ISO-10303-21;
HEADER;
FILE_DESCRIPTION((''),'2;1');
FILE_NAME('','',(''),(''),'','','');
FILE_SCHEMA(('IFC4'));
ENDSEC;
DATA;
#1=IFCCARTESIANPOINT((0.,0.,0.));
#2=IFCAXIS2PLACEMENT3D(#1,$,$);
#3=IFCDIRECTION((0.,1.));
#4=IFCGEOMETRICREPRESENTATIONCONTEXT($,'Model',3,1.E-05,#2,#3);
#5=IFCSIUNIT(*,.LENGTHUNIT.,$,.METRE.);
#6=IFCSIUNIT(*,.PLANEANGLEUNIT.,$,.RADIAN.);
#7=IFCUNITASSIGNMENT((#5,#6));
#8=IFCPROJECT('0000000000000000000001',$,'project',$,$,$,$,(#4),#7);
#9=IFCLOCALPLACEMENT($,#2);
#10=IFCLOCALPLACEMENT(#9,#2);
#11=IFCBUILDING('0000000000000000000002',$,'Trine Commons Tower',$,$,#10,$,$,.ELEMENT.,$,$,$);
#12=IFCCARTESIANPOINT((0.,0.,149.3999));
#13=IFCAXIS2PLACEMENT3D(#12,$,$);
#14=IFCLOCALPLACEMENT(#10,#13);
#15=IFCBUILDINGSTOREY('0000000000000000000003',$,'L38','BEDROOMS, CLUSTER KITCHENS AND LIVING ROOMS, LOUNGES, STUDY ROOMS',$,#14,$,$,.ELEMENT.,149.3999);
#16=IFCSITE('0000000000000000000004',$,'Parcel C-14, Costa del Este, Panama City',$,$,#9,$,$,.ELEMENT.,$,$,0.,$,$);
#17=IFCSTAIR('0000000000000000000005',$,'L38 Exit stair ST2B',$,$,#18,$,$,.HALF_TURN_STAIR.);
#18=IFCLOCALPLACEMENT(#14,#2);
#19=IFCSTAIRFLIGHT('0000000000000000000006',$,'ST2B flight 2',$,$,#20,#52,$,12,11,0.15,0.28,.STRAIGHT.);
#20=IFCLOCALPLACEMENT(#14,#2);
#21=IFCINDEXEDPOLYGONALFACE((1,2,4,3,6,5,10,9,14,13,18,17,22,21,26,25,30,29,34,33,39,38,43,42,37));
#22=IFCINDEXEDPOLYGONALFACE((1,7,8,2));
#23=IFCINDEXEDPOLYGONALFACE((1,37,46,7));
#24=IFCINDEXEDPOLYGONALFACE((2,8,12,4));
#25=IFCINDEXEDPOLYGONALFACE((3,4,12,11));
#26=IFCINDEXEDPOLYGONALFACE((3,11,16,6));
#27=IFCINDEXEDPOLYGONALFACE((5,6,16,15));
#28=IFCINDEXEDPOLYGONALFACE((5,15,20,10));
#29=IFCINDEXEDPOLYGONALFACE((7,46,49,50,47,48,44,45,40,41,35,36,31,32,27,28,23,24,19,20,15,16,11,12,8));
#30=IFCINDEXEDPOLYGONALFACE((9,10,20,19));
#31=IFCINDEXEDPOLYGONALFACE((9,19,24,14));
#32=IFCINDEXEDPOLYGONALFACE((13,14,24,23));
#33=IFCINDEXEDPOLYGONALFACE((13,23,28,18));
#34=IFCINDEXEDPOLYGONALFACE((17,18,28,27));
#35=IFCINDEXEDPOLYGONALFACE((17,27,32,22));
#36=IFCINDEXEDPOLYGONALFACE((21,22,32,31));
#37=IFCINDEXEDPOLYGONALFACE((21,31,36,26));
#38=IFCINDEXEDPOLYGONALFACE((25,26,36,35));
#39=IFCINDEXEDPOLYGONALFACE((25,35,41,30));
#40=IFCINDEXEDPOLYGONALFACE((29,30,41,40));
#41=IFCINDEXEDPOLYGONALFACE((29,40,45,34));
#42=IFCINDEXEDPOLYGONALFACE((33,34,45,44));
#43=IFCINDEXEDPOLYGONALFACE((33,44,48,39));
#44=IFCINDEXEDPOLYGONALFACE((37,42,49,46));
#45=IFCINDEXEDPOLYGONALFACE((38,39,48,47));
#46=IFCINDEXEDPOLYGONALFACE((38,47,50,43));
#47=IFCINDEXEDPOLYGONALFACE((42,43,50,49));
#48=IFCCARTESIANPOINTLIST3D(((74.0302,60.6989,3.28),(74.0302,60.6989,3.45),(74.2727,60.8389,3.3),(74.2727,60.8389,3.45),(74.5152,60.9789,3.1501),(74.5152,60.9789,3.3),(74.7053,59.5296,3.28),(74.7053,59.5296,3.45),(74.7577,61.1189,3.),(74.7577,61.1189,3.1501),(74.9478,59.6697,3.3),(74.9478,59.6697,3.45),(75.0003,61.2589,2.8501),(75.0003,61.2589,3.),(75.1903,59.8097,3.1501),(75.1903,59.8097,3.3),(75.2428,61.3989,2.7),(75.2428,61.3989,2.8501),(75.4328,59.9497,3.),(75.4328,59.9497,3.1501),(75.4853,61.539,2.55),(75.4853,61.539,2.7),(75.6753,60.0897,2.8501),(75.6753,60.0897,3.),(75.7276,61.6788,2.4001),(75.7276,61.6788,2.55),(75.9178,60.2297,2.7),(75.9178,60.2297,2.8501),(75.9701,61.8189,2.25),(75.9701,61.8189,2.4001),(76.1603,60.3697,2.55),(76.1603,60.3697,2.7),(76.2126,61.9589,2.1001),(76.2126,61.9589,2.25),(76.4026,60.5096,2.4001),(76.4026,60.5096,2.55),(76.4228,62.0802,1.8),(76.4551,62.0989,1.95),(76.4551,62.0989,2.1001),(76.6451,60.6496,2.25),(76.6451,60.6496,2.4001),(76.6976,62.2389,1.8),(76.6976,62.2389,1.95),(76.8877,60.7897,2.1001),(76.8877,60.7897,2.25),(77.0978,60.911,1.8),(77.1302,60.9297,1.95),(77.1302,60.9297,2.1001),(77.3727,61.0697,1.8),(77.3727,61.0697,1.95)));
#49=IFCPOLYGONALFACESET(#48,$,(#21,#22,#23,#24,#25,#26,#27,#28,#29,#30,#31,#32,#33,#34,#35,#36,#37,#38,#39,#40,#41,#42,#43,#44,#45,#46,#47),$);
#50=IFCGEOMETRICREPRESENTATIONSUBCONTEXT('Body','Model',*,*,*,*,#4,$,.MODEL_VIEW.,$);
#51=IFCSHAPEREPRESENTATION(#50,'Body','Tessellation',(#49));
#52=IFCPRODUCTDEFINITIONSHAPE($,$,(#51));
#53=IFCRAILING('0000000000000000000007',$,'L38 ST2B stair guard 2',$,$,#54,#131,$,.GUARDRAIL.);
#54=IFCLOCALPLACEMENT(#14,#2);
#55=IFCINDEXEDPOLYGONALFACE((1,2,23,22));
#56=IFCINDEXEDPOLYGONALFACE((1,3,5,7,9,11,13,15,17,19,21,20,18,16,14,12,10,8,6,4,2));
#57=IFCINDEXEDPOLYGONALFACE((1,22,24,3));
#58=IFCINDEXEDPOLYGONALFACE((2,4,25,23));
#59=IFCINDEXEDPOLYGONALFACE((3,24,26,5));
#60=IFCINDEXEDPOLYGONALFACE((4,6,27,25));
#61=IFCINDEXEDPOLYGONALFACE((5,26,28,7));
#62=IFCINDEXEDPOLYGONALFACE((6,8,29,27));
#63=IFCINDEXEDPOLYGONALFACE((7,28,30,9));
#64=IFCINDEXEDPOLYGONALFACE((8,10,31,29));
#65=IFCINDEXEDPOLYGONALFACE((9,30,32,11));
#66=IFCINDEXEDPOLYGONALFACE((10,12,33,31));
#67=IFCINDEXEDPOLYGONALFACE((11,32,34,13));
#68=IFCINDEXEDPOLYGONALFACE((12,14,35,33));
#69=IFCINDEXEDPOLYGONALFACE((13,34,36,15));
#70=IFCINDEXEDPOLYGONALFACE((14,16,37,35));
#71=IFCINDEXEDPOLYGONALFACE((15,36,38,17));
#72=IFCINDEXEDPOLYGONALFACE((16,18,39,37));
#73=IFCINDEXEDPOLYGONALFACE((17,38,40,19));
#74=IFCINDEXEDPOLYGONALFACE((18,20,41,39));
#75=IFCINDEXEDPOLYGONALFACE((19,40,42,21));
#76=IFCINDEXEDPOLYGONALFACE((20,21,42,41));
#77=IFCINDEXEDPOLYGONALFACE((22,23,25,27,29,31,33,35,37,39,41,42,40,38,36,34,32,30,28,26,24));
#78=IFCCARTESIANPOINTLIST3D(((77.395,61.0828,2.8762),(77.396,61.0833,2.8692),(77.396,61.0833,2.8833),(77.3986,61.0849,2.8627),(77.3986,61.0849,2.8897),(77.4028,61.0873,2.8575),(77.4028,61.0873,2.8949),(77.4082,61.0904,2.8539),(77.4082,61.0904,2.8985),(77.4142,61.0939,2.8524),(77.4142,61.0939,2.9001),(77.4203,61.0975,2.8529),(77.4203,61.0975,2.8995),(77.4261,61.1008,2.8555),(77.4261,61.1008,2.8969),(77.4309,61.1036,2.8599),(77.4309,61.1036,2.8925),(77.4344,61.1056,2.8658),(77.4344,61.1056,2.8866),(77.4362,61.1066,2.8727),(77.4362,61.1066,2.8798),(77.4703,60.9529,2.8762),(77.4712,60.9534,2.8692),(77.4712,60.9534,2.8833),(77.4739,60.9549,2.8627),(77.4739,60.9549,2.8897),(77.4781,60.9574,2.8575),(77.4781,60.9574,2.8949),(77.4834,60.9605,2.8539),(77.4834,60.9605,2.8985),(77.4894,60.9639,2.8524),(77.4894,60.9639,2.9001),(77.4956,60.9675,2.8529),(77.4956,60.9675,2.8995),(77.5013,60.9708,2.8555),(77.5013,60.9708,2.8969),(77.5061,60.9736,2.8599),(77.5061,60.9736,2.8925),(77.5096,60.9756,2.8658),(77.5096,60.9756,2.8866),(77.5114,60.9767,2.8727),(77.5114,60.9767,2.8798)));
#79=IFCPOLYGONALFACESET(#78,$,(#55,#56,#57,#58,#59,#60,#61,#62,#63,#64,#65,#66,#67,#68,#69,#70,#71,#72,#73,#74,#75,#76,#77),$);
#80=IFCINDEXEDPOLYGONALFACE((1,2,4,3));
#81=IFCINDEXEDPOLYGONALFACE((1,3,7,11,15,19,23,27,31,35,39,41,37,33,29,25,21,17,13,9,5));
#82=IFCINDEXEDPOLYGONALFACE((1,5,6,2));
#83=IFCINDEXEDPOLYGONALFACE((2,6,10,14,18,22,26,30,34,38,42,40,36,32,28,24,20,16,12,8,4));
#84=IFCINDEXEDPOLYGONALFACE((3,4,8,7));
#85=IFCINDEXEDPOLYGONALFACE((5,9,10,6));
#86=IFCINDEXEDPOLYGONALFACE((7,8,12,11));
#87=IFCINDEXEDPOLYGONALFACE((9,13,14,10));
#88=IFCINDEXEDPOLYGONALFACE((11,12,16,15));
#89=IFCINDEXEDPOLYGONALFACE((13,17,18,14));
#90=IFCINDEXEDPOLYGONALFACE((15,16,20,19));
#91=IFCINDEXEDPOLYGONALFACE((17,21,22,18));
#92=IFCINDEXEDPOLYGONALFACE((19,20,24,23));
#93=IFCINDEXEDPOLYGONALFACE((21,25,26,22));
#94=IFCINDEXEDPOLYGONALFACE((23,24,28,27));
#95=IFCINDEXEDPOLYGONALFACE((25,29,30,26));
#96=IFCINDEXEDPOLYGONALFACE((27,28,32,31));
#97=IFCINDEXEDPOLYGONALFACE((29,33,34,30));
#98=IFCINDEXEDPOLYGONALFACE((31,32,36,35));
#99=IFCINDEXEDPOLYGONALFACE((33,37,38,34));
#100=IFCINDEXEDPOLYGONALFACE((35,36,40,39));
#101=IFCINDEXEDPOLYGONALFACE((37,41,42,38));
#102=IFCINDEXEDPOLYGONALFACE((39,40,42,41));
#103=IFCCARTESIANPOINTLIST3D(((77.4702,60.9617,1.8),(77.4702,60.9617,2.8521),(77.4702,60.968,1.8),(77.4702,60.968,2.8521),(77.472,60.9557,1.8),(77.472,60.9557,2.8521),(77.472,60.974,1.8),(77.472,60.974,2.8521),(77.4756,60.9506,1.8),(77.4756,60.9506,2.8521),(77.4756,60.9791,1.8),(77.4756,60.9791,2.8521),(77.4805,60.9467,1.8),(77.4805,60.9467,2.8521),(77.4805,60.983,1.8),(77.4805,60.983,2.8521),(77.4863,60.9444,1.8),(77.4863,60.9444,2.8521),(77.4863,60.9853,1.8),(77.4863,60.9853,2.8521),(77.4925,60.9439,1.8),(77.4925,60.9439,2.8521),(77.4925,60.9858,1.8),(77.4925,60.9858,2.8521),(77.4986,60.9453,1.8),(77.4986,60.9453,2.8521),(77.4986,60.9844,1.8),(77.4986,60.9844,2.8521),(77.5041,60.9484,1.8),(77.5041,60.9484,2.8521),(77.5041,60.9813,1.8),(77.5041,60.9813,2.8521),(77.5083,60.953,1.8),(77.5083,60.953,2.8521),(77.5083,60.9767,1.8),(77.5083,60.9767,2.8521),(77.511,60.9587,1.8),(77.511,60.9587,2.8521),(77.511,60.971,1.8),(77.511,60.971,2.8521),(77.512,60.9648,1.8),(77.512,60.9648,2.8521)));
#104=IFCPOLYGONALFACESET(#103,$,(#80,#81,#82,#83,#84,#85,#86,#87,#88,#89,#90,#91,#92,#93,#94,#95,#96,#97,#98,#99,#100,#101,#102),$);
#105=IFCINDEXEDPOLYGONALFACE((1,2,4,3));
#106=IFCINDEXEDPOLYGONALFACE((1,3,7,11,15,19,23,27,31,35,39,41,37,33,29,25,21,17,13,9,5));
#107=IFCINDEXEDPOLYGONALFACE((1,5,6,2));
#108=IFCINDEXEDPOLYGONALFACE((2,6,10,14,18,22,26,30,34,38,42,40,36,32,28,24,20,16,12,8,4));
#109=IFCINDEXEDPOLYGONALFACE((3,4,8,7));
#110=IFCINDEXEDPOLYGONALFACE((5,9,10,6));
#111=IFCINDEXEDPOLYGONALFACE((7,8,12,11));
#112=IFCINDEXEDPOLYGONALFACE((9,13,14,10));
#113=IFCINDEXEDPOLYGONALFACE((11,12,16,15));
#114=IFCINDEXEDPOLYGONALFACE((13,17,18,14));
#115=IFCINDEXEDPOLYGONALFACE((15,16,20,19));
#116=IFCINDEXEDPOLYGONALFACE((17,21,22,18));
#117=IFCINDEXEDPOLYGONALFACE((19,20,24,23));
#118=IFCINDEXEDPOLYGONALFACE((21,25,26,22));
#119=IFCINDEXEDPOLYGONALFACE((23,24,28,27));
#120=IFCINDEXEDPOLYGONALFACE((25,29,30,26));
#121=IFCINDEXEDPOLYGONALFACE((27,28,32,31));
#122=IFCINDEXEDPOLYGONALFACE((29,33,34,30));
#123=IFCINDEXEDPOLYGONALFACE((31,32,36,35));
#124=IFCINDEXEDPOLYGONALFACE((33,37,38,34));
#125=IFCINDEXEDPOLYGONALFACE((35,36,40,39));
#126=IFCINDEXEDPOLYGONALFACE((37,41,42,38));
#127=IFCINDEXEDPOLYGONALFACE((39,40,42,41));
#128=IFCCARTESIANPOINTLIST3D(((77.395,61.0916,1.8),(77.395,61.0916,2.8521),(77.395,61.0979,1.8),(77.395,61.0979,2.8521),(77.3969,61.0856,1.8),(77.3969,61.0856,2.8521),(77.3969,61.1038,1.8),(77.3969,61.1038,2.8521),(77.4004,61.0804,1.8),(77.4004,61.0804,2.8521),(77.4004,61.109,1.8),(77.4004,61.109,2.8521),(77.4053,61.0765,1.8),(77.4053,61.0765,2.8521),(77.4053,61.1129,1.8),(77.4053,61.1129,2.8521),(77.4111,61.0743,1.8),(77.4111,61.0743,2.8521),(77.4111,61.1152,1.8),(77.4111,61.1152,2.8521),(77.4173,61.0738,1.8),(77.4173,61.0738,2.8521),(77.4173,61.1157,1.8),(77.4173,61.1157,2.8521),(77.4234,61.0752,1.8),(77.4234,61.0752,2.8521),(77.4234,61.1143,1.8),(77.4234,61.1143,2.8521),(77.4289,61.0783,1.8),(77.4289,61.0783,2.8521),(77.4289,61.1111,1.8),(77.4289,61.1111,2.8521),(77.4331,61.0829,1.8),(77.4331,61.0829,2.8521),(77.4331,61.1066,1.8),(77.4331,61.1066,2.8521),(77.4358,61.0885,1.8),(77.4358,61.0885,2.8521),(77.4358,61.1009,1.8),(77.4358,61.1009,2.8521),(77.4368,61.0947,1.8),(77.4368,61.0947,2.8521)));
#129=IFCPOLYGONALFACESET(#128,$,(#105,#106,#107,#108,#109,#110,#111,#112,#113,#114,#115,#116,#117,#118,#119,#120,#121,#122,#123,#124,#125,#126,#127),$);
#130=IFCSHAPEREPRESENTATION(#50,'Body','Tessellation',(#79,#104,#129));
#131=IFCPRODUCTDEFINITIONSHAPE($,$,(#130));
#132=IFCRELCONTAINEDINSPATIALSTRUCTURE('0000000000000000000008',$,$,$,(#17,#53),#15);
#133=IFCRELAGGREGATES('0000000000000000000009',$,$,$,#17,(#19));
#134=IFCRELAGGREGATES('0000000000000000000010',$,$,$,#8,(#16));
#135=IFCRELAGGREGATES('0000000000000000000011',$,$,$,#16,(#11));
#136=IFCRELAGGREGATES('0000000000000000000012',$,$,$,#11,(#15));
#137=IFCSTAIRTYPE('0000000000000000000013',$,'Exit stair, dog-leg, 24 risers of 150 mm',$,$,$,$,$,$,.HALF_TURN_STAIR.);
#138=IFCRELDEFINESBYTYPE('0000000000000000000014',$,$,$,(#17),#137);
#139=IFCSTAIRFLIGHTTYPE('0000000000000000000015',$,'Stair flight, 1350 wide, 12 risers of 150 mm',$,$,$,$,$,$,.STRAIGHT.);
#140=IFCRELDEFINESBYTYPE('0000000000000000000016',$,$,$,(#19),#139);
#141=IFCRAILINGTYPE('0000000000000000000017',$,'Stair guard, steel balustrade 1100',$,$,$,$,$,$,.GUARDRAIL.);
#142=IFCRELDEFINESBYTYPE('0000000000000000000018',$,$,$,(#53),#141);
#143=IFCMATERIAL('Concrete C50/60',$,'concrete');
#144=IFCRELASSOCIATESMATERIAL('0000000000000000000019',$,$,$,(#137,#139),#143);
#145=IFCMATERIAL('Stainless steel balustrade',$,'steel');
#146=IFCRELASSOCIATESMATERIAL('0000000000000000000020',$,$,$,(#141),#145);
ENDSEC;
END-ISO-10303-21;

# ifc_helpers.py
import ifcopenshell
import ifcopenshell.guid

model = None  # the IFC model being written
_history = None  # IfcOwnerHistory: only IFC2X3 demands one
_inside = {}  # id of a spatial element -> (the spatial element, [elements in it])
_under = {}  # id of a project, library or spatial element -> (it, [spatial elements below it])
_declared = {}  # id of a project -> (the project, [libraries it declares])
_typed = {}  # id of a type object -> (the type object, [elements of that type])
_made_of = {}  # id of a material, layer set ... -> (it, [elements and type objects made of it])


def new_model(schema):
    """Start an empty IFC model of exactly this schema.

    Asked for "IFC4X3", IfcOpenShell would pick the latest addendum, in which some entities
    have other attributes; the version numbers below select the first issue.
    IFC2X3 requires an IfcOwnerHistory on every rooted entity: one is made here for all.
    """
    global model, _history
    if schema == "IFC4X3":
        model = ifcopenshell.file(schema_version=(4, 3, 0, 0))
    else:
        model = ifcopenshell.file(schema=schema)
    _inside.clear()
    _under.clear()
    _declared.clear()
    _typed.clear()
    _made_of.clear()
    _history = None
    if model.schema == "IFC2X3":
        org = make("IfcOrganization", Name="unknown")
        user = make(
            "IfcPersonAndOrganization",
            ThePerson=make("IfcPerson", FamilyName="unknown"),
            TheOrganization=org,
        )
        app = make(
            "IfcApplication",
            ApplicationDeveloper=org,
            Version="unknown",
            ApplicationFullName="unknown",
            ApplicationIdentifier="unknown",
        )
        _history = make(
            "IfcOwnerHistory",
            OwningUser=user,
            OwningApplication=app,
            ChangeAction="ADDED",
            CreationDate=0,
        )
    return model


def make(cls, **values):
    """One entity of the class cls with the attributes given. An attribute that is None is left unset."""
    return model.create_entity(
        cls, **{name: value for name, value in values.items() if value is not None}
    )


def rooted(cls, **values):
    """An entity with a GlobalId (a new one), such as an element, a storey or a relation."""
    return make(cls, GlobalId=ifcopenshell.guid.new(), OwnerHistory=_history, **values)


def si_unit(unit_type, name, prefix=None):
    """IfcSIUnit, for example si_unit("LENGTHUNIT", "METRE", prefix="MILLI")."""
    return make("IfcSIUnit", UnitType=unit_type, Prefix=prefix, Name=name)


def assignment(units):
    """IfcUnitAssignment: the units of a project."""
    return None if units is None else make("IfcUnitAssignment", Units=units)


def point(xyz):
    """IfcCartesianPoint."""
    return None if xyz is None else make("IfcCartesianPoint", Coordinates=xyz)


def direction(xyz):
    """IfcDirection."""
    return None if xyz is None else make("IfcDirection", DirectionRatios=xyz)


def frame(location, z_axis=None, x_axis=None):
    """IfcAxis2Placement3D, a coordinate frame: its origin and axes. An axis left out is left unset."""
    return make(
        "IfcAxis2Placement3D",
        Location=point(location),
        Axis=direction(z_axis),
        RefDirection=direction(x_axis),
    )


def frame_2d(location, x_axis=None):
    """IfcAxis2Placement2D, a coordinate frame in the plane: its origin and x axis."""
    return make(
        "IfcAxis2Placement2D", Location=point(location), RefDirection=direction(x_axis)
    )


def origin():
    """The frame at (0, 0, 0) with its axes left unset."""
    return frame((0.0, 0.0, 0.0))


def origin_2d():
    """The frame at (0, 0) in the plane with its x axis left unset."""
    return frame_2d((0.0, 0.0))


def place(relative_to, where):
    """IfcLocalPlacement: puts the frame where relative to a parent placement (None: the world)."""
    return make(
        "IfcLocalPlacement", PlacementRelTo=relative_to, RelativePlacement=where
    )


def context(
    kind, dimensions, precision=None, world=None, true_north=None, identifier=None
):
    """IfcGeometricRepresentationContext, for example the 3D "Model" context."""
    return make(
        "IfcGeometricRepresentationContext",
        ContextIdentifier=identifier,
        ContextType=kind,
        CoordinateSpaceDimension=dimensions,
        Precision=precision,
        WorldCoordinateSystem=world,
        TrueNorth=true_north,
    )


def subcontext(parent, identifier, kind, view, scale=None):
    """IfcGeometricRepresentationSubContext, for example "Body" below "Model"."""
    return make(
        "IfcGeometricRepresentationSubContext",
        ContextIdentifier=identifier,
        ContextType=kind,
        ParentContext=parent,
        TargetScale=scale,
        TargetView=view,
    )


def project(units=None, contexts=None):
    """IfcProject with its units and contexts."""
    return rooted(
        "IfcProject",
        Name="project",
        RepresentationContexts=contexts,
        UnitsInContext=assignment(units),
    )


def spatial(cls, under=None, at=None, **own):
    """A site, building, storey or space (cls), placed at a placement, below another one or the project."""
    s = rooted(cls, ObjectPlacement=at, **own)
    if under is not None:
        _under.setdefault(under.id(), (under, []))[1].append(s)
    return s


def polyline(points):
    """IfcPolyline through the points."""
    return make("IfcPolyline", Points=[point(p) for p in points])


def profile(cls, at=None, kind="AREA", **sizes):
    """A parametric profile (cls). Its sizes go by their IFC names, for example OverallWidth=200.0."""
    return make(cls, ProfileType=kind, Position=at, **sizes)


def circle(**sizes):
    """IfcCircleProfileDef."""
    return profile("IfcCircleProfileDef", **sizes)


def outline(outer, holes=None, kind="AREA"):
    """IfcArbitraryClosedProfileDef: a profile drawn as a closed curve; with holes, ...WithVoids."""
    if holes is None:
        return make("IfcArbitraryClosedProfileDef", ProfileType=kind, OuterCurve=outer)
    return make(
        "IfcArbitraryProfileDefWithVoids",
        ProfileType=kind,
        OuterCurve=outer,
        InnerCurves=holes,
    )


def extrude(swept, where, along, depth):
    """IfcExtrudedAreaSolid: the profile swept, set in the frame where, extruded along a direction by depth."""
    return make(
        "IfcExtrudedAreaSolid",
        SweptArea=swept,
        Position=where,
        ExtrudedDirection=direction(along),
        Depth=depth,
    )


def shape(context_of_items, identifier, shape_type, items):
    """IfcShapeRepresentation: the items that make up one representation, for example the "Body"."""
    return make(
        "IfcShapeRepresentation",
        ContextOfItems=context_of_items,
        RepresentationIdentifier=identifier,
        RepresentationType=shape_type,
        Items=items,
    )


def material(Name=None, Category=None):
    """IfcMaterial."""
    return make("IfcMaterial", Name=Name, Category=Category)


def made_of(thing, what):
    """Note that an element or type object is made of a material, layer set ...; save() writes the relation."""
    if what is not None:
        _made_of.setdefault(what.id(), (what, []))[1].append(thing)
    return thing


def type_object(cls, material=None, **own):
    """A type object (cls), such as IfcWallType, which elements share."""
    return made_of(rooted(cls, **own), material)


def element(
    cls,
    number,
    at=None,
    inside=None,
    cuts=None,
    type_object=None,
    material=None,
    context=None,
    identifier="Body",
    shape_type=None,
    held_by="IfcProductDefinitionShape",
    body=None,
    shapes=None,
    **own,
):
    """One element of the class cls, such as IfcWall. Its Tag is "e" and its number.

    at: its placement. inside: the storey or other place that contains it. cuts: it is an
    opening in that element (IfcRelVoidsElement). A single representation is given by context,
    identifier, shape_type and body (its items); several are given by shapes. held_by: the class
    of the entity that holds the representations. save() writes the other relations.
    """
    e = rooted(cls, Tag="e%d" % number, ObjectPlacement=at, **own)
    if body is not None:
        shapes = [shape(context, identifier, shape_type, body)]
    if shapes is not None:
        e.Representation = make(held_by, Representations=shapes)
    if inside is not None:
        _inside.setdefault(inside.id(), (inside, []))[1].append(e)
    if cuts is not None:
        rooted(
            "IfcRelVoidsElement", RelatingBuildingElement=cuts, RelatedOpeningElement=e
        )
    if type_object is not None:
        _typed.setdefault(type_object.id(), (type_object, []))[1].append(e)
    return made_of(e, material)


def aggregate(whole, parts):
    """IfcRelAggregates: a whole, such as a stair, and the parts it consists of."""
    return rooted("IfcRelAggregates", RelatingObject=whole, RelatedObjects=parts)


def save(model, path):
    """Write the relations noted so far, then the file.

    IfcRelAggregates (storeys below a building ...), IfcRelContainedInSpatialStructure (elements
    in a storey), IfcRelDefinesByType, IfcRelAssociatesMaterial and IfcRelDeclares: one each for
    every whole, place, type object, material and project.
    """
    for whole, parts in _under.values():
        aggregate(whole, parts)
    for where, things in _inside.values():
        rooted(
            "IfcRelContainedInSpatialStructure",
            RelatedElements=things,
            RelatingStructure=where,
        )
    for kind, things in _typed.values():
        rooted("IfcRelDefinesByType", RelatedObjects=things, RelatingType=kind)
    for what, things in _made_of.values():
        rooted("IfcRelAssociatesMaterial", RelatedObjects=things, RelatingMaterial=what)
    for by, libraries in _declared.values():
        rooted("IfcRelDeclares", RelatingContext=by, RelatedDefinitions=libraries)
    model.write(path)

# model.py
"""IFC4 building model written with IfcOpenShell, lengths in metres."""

from ifc_helpers import new_model, si_unit, direction, frame, origin, origin_2d, place, context, subcontext, project, spatial, polyline, circle, outline, extrude, material, type_object, element, aggregate, save


model = new_model("IFC4")

# Units and contexts
model_context = context("Model", 3, precision=1e-05, world=origin(), true_north=direction((0.0, 1.0)))
body_context = subcontext(model_context, "Body", "Model", "MODEL_VIEW")
ifc_project = project(units=[si_unit("LENGTHUNIT", "METRE"), si_unit("PLANEANGLEUNIT", "RADIAN")], contexts=[model_context])

# Site, building, storey
site_placement = place(None, origin())
site = spatial("IfcSite", under=ifc_project, at=site_placement, Name="Parcel C-14, Costa del Este, Panama City", CompositionType="ELEMENT", RefElevation=0.0)
building_placement = place(site_placement, origin())
building = spatial("IfcBuilding", under=site, at=building_placement, Name="Trine Commons Tower", CompositionType="ELEMENT")
storey_placement = place(building_placement, frame((0.0, 0.0, 149.3999)))
storey = spatial("IfcBuildingStorey", under=building, at=storey_placement, Name="L38", Description="BEDROOMS, CLUSTER KITCHENS AND LIVING ROOMS, LOUNGES, STUDY ROOMS", CompositionType="ELEMENT", Elevation=149.3999)

# Shared definitions
ifc_material_1 = material(Name="Concrete C50/60", Category="concrete")

# Stair, stair flight
stair_type = type_object("IfcStairType", Name="Exit stair, dog-leg, 24 risers of 150 mm", PredefinedType="HALF_TURN_STAIR", material=ifc_material_1)
stair_placement = place(storey_placement, origin())
stair = element("IfcStair", 1, at=stair_placement, inside=storey, type_object=stair_type, Name="L38 Exit stair ST2B", PredefinedType="HALF_TURN_STAIR")
stair_flight_type = type_object("IfcStairFlightType", Name="Stair flight, 1350 wide, 12 risers of 150 mm", PredefinedType="STRAIGHT", material=ifc_material_1)
stair_flight_placement = place(storey_placement, frame((77.0352, 61.6543, 1.8), z_axis=(0.0, 0.0, 1.0), x_axis=(-0.866025, -0.5, 0.0)))
stair_flight = element("IfcStairFlight", 2, at=stair_flight_placement, type_object=stair_flight_type, Name="ST2B flight 2", NumberOfRisers=12, NumberOfTreads=11, PredefinedType="STRAIGHT", RiserHeight=0.15, TreadLength=0.28, context=body_context, shape_type="SweptSolid", body=[
    extrude(outline(polyline([(0.0, 0.0), (0.0, 0.1499), (0.28, 0.1499), (0.28, 0.3), (0.5601, 0.3), (0.5601, 0.45), (0.8401, 0.45), (0.8401, 0.6001), (1.1201, 0.6001), (1.1201, 0.75), (1.3999, 0.75), (1.3999, 0.8999), (1.6799, 0.8999), (1.6799, 1.05), (1.96, 1.05), (1.96, 1.2), (2.24, 1.2), (2.24, 1.3501), (2.52, 1.3501), (2.52, 1.5), (2.8, 1.5), (2.8, 1.6499), (3.0801, 1.6499), (3.0801, 1.8), (3.0801, 1.48), (0.3174, 0.0), (0.0, 0.0)])), frame((0.0, 0.675, 0.0), z_axis=(0.0, -1.0, 0.0), x_axis=(1.0, 0.0, 0.0)), (0.0, 0.0, 1.0), 1.3501),
])
aggregate(stair, [stair_flight])

# Railing
ifc_material_2 = material(Name="Stainless steel balustrade", Category="steel")
railing_type_1 = type_object("IfcRailingType", Name="Stair guard, steel balustrade 1100", PredefinedType="GUARDRAIL", material=ifc_material_2)
railing_1_placement = place(storey_placement, frame((77.491, 60.9648, 1.8)))
element("IfcRailing", 3, at=railing_1_placement, inside=storey, type_object=railing_type_1, Name="L38 ST2B stair guard 2", PredefinedType="GUARDRAIL", context=body_context, shape_type="SweptSolid", body=[
    extrude(circle(Radius=0.0239, at=origin_2d()), frame((0.0, 0.0, 1.0762), z_axis=(-0.501036, 0.865426, 0.0), x_axis=(-0.865426, -0.501036, 0.0)), (0.0, 0.0, 1.0), 0.1501),
    extrude(circle(Radius=0.021, at=origin_2d()), origin(), (0.0, 0.0, 1.0), 1.052),
    extrude(circle(Radius=0.021, at=origin_2d()), frame((-0.0752, 0.1299, 0.0)), (0.0, 0.0, 1.0), 1.052),
])

save(model, "model.ifc")
